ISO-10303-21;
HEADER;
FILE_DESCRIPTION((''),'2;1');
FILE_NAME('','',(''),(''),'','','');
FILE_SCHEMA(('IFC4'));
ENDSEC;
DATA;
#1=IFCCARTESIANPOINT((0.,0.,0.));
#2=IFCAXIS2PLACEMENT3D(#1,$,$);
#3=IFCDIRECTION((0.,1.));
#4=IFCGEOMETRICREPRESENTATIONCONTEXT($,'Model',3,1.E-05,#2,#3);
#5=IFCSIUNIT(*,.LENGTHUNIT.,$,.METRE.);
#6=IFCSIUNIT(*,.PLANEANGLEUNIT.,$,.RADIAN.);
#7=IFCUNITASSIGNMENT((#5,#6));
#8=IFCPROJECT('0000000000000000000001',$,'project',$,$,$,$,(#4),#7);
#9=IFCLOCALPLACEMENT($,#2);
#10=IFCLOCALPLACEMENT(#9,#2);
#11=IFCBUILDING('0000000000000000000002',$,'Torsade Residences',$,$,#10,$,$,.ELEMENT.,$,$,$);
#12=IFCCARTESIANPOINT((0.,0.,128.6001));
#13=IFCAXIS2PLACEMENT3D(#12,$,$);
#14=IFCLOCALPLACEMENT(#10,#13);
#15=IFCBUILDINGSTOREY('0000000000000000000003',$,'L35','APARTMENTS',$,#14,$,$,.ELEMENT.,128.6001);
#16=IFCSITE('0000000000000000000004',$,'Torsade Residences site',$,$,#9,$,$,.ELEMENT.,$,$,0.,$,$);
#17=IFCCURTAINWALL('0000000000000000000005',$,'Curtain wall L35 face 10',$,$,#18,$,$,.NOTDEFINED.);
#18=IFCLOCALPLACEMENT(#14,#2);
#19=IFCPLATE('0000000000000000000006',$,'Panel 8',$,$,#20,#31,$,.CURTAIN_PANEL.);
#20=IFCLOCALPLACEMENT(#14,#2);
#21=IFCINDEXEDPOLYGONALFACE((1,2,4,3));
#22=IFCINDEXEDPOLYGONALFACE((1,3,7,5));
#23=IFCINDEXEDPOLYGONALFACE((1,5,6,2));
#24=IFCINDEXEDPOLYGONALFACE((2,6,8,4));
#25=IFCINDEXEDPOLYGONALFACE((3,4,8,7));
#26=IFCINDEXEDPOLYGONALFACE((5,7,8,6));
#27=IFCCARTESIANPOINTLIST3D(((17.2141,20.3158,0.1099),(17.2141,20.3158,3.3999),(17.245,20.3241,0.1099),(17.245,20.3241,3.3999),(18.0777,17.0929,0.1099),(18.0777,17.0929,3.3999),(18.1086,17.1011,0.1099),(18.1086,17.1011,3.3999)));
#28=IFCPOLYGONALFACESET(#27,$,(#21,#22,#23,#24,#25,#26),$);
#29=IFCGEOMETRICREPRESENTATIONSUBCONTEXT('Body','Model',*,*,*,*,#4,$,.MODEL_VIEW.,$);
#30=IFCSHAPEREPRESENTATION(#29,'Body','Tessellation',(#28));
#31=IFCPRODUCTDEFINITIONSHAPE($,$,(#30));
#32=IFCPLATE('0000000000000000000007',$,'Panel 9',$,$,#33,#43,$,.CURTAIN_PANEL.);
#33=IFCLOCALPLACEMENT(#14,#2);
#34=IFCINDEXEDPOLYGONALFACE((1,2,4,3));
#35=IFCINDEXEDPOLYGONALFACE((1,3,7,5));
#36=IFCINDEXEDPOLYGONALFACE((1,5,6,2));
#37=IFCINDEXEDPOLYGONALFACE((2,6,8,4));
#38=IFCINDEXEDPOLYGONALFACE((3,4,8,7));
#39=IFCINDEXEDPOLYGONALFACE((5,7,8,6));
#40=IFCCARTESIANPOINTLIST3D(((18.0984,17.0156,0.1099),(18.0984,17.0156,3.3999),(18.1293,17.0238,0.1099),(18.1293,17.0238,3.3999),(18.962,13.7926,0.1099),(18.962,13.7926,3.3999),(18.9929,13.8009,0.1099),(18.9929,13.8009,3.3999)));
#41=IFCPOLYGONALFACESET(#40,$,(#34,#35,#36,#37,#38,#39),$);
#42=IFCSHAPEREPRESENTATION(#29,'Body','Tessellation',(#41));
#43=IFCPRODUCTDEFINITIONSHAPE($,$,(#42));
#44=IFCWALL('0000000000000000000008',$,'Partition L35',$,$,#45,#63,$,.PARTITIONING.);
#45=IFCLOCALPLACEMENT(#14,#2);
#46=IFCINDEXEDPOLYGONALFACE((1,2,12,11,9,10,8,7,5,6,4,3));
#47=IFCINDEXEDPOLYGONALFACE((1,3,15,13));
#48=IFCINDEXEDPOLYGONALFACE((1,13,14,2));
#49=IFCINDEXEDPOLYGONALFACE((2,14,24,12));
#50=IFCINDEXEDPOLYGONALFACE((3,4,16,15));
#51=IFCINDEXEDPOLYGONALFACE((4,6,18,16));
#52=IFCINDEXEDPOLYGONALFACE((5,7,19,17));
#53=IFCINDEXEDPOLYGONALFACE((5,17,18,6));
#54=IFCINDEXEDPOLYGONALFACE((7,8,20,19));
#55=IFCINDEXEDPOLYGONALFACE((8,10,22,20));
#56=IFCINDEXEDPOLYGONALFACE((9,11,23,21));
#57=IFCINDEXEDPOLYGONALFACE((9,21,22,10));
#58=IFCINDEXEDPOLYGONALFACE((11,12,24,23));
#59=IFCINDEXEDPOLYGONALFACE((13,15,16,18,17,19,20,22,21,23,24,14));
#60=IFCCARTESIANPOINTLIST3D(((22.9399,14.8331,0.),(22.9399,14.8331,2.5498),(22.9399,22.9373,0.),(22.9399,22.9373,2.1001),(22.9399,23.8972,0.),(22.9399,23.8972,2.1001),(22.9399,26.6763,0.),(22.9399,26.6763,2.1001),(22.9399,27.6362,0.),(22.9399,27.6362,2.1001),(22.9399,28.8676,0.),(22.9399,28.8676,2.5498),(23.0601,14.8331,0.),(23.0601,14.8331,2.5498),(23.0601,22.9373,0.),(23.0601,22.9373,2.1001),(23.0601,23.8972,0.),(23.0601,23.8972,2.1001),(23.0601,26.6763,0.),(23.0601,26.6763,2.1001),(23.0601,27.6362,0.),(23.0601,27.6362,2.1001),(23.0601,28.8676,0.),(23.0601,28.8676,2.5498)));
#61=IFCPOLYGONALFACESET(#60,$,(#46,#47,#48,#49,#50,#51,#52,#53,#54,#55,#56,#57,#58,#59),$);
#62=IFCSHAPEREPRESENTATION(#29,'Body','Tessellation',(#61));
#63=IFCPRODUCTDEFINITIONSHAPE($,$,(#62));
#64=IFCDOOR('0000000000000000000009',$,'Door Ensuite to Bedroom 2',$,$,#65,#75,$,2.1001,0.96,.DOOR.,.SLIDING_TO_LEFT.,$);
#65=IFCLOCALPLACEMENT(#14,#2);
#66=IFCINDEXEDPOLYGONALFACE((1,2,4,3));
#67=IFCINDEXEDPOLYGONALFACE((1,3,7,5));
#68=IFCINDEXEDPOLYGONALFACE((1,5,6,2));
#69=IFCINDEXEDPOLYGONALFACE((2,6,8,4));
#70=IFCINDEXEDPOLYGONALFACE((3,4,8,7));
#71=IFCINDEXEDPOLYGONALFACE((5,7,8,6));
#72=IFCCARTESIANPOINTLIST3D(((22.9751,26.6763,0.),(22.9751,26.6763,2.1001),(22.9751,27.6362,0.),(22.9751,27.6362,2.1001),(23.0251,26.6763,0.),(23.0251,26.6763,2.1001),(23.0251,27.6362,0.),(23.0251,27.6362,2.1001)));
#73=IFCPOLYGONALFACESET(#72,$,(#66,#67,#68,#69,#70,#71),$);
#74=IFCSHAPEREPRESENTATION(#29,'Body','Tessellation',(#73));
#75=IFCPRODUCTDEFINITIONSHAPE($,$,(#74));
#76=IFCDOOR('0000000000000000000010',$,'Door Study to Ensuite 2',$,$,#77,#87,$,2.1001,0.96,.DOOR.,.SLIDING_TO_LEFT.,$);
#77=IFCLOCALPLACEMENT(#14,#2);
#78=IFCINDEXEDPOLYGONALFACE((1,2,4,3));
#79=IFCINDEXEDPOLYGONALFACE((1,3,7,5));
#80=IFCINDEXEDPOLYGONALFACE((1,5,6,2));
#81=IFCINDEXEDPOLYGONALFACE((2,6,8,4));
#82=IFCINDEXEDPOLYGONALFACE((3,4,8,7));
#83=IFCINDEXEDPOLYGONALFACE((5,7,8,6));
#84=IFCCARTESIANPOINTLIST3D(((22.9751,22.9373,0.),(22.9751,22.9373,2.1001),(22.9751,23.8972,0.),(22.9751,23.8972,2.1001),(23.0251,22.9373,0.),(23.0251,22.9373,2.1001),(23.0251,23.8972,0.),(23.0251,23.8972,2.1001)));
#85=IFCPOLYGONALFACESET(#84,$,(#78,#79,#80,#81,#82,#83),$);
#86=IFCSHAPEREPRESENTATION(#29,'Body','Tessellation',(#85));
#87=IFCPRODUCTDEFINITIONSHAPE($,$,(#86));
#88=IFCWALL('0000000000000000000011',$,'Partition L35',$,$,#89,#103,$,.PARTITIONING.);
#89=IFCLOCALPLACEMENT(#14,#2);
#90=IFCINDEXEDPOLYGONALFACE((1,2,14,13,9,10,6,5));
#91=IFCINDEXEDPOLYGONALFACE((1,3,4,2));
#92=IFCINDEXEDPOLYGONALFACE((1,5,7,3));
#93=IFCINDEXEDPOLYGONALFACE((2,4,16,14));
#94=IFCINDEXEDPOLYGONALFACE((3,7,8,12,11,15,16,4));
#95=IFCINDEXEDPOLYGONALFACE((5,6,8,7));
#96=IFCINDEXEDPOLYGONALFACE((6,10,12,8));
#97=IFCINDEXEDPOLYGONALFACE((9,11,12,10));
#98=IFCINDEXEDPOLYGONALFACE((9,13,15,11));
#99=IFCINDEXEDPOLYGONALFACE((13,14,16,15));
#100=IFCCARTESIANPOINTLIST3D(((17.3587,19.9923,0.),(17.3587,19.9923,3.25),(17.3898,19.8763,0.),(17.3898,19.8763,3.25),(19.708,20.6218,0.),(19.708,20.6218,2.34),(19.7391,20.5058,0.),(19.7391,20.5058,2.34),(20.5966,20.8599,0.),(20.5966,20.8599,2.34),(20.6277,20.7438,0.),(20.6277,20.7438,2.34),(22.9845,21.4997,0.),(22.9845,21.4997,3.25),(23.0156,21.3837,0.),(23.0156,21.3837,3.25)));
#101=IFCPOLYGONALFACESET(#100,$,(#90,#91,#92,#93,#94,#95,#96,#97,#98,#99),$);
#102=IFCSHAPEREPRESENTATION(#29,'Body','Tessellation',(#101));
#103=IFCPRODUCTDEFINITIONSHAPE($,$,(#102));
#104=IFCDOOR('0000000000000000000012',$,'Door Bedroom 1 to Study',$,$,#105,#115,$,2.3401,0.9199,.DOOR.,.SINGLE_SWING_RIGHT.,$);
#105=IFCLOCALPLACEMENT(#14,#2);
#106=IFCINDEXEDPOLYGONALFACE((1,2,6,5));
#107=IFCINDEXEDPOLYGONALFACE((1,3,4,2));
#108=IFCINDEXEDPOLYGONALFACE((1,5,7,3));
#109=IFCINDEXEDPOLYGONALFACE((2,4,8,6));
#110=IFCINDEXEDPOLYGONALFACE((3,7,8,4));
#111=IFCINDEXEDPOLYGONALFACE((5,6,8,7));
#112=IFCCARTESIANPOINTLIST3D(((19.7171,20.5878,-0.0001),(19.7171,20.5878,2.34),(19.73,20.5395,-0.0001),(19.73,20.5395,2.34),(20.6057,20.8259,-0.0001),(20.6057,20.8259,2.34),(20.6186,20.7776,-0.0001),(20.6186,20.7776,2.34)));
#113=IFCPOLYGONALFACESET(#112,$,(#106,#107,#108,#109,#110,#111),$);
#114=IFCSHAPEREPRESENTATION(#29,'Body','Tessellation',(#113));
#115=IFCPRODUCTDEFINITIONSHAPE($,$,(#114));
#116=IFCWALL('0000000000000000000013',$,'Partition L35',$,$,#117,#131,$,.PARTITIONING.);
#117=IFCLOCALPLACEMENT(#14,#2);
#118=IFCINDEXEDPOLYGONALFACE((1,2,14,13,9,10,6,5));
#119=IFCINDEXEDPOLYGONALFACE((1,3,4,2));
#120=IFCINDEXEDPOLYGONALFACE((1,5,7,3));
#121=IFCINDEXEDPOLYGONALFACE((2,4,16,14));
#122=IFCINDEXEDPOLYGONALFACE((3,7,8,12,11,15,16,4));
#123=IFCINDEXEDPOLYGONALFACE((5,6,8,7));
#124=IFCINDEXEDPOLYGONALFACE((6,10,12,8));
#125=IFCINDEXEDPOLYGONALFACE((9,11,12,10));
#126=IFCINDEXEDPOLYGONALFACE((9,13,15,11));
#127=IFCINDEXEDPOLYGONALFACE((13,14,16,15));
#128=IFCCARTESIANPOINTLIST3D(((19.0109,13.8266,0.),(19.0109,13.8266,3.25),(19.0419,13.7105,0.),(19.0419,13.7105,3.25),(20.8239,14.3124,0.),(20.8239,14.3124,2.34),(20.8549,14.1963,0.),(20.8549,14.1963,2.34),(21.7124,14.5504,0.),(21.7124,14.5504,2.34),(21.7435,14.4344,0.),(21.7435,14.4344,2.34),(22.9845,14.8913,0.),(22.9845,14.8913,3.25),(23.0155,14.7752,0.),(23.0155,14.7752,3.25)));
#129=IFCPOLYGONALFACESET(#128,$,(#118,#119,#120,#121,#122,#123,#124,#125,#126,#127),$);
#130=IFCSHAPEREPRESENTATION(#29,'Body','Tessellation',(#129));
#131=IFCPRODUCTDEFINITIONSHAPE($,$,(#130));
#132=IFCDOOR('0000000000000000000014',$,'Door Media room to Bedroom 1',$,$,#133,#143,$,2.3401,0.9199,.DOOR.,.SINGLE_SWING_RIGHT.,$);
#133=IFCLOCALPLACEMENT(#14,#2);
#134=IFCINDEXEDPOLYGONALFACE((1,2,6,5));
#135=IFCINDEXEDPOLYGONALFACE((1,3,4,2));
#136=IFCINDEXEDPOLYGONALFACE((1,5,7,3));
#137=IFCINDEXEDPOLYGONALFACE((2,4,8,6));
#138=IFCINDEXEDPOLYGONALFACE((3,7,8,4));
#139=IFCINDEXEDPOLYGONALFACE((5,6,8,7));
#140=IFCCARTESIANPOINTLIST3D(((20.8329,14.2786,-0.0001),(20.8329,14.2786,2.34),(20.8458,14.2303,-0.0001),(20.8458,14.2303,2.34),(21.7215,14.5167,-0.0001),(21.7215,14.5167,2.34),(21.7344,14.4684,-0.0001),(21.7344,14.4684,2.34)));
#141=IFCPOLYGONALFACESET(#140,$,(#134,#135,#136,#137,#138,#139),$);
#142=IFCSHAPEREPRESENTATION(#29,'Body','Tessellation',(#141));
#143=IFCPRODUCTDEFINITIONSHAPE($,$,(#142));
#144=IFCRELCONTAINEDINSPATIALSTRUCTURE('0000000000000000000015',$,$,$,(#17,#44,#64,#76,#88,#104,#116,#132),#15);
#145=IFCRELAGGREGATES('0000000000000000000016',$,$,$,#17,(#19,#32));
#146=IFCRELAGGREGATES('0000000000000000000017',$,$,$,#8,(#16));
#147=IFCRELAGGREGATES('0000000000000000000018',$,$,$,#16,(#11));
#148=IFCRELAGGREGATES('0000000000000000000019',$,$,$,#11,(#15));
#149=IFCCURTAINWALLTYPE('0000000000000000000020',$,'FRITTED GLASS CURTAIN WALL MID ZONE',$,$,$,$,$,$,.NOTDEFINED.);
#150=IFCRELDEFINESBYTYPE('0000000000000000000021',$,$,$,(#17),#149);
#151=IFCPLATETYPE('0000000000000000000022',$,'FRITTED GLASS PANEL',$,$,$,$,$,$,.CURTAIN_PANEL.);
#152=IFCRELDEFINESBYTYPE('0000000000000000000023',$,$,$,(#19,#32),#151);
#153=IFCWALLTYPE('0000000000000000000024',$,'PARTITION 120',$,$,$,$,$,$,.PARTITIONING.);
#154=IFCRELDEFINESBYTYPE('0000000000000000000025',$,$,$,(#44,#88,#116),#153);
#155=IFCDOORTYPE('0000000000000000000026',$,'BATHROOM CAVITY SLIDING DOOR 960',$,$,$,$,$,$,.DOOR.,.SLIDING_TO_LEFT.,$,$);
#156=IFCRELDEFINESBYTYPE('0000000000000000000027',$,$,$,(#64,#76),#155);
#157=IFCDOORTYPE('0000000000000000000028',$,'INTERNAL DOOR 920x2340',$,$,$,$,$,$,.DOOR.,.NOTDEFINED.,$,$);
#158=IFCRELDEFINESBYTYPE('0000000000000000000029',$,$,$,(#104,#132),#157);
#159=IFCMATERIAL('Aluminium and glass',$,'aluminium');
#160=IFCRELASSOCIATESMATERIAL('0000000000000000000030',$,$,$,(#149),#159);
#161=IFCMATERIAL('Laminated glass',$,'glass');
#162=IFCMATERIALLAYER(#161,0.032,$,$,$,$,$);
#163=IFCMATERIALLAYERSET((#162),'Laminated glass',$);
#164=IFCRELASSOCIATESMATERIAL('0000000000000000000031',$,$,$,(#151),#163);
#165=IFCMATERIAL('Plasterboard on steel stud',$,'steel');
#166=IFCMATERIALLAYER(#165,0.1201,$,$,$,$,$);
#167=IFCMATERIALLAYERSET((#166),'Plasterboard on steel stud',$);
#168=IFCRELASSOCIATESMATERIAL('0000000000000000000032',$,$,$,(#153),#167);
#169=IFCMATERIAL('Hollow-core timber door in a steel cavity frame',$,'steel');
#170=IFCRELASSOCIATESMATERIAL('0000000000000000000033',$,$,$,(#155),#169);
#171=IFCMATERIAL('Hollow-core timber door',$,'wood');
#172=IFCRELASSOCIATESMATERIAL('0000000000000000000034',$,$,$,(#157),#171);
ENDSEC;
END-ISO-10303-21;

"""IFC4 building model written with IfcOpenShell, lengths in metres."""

from ifc_helpers import new_model, si_unit, direction, frame, frame_2d, origin, origin_2d, place, context, subcontext, project, spatial, rectangle, extrude, material, layer, layer_set, type_object, element, fill, aggregate, save


model = new_model("IFC4")

# Units and contexts
model_context = context("Model", 3, precision=1e-05, world=origin(), true_north=direction((0.0, 1.0)))
body_context = subcontext(model_context, "Body", "Model", "MODEL_VIEW")
ifc_project = project(units=[si_unit("LENGTHUNIT", "METRE"), si_unit("PLANEANGLEUNIT", "RADIAN")], contexts=[model_context])

# Site, building, storey
site_placement = place(None, origin())
site = spatial("IfcSite", under=ifc_project, at=site_placement, Name="Torsade Residences site", CompositionType="ELEMENT", RefElevation=0.0)
building_placement = place(site_placement, origin())
building = spatial("IfcBuilding", under=site, at=building_placement, Name="Torsade Residences", CompositionType="ELEMENT")
storey_placement = place(building_placement, frame((0.0, 0.0, 128.6001)))
storey = spatial("IfcBuildingStorey", under=building, at=storey_placement, Name="L35", Description="APARTMENTS", CompositionType="ELEMENT", Elevation=128.6001)

# Curtain wall
ifc_material_1 = material(Name="Aluminium and glass", Category="aluminium")
curtain_wall_type = type_object("IfcCurtainWallType", Name="FRITTED GLASS CURTAIN WALL MID ZONE", PredefinedType="NOTDEFINED", material=ifc_material_1)
curtain_wall_placement = place(storey_placement, origin())
curtain_wall = element("IfcCurtainWall", 1, at=curtain_wall_placement, inside=storey, type_object=curtain_wall_type, Name="Curtain wall L35 face 10", PredefinedType="NOTDEFINED")

# Plates
ifc_material_2 = material(Name="Laminated glass", Category="glass")
ifc_layer_1 = layer(ifc_material_2, 0.032)
ifc_layer_set_1 = layer_set([ifc_layer_1], Name="Laminated glass")
plate_type = type_object("IfcPlateType", Name="FRITTED GLASS PANEL", PredefinedType="CURTAIN_PANEL", material=ifc_layer_set_1)
plate_1_placement = place(storey_placement, frame((17.6614, 18.7085, 0.1099), z_axis=(0.0, 0.0, 1.0), x_axis=(0.258819, -0.965926, 0.0)))
plate_1 = element("IfcPlate", 2, at=plate_1_placement, type_object=plate_type, Name="Panel 8", PredefinedType="CURTAIN_PANEL", context=body_context, shape_type="SweptSolid", body=[
    extrude(rectangle(XDim=3.3367, YDim=0.032, at=origin_2d()), origin(), (0.0, 0.0, 1.0), 3.29),
])
plate_2_placement = place(storey_placement, frame((18.5457, 15.4082, 0.1099), z_axis=(0.0, 0.0, 1.0), x_axis=(0.258819, -0.965926, 0.0)))
plate_2 = element("IfcPlate", 3, at=plate_2_placement, type_object=plate_type, Name="Panel 9", PredefinedType="CURTAIN_PANEL", context=body_context, shape_type="SweptSolid", body=[
    extrude(rectangle(XDim=3.3367, YDim=0.032, at=origin_2d()), origin(), (0.0, 0.0, 1.0), 3.29),
])
aggregate(curtain_wall, [plate_1, plate_2])

# Wall, openings, doors
ifc_material_3 = material(Name="Plasterboard on steel stud", Category="steel")
ifc_layer_2 = layer(ifc_material_3, 0.1201)
ifc_layer_set_2 = layer_set([ifc_layer_2], Name="Plasterboard on steel stud")
wall_type = type_object("IfcWallType", Name="PARTITION 120", PredefinedType="PARTITIONING", material=ifc_layer_set_2)
wall_1_placement = place(storey_placement, frame((23.0, 14.8333, 0.0), z_axis=(0.0, 0.0, 1.0), x_axis=(0.0, 1.0, 0.0)))
wall_1 = element("IfcWall", 4, at=wall_1_placement, inside=storey, type_object=wall_type, Name="Partition L35", PredefinedType="PARTITIONING", context=body_context, shape_type="SweptSolid", body=[
    extrude(rectangle(XDim=14.0344, YDim=0.1201, at=frame_2d((7.0171, 0.0))), origin(), (0.0, 0.0, 1.0), 2.5498),
])
opening_1_placement = place(wall_1_placement, frame((11.843, 0.0, 0.0)))
opening_1 = element("IfcOpeningElement", 5, at=opening_1_placement, cuts=wall_1, PredefinedType="OPENING", context=body_context, shape_type="SweptSolid", body=[
    extrude(rectangle(XDim=0.96, YDim=2.1001, at=frame_2d((0.48, 1.05))), frame((0.0, 0.0701, 0.0), z_axis=(0.0, -1.0, 0.0), x_axis=(1.0, 0.0, 0.0)), (0.0, 0.0, 1.0), 0.1401),
])
opening_2_placement = place(wall_1_placement, frame((8.104, 0.0, 0.0)))
opening_2 = element("IfcOpeningElement", 6, at=opening_2_placement, cuts=wall_1, PredefinedType="OPENING", context=body_context, shape_type="SweptSolid", body=[
    extrude(rectangle(XDim=0.96, YDim=2.1001, at=frame_2d((0.48, 1.05))), frame((0.0, 0.0701, 0.0), z_axis=(0.0, -1.0, 0.0), x_axis=(1.0, 0.0, 0.0)), (0.0, 0.0, 1.0), 0.1401),
])
ifc_material_4 = material(Name="Hollow-core timber door in a steel cavity frame", Category="steel")
door_type_1 = type_object("IfcDoorType", Name="BATHROOM CAVITY SLIDING DOOR 960", OperationType="SLIDING_TO_LEFT", PredefinedType="DOOR", material=ifc_material_4)
door_1_placement = place(opening_1_placement, origin())
door_1 = element("IfcDoor", 7, at=door_1_placement, inside=storey, type_object=door_type_1, Name="Door Ensuite to Bedroom 2", OperationType="SLIDING_TO_LEFT", OverallHeight=2.1001, OverallWidth=0.96, PredefinedType="DOOR", context=body_context, shape_type="SweptSolid", body=[
    extrude(rectangle(XDim=0.96, YDim=2.1001, at=frame_2d((0.48, 1.05))), frame((0.0, 0.0249, 0.0), z_axis=(0.0, -1.0, 0.0), x_axis=(1.0, 0.0, 0.0)), (0.0, 0.0, 1.0), 0.05),
])
fill(opening_1, door_1)
door_2_placement = place(opening_2_placement, origin())
door_2 = element("IfcDoor", 8, at=door_2_placement, inside=storey, type_object=door_type_1, Name="Door Study to Ensuite 2", OperationType="SLIDING_TO_LEFT", OverallHeight=2.1001, OverallWidth=0.96, PredefinedType="DOOR", context=body_context, shape_type="SweptSolid", body=[
    extrude(rectangle(XDim=0.96, YDim=2.1001, at=frame_2d((0.48, 1.05))), frame((0.0, 0.0249, 0.0), z_axis=(0.0, -1.0, 0.0), x_axis=(1.0, 0.0, 0.0)), (0.0, 0.0, 1.0), 0.05),
])
fill(opening_2, door_2)

# Walls, openings, doors
wall_2_placement = place(storey_placement, frame((17.3743, 19.9343, 0.0), z_axis=(0.0, 0.0, 1.0), x_axis=(0.96593, 0.258805, 0.0)))
wall_2 = element("IfcWall", 9, at=wall_2_placement, inside=storey, type_object=wall_type, Name="Partition L35", PredefinedType="PARTITIONING", context=body_context, shape_type="SweptSolid", body=[
    extrude(rectangle(XDim=5.8242, YDim=0.1201, at=frame_2d((2.9121, 0.0))), origin(), (0.0, 0.0, 1.0), 3.25),
])
opening_3_placement = place(wall_2_placement, frame((2.4321, 0.0, 0.0)))
opening_3 = element("IfcOpeningElement", 10, at=opening_3_placement, cuts=wall_2, PredefinedType="OPENING", context=body_context, shape_type="SweptSolid", body=[
    extrude(rectangle(XDim=0.9199, YDim=2.3401, at=frame_2d((0.46, 1.1699))), frame((0.0, 0.0701, 0.0), z_axis=(0.0, -1.0, 0.0), x_axis=(1.0, 0.0, 0.0)), (0.0, 0.0, 1.0), 0.1401),
])
ifc_material_5 = material(Name="Hollow-core timber door", Category="wood")
door_type_2 = type_object("IfcDoorType", Name="INTERNAL DOOR 920x2340", OperationType="NOTDEFINED", PredefinedType="DOOR", material=ifc_material_5)
door_3_placement = place(opening_3_placement, origin())
door_3 = element("IfcDoor", 11, at=door_3_placement, inside=storey, type_object=door_type_2, Name="Door Bedroom 1 to Study", OperationType="SINGLE_SWING_RIGHT", OverallHeight=2.3401, OverallWidth=0.9199, PredefinedType="DOOR", context=body_context, shape_type="SweptSolid", body=[
    extrude(rectangle(XDim=0.9199, YDim=2.3401, at=frame_2d((0.46, 1.1699))), frame((0.0, 0.0249, 0.0), z_axis=(0.0, -1.0, 0.0), x_axis=(1.0, 0.0, 0.0)), (0.0, 0.0, 1.0), 0.05),
])
fill(opening_3, door_3)
wall_3_placement = place(storey_placement, frame((23.0, 14.8333, 0.0), z_axis=(0.0, 0.0, 1.0), x_axis=(-0.965928, -0.258811, 0.0)))
wall_3 = element("IfcWall", 12, at=wall_3_placement, inside=storey, type_object=wall_type, Name="Partition L35", PredefinedType="PARTITIONING", context=body_context, shape_type="SweptSolid", body=[
    extrude(rectangle(XDim=4.1138, YDim=0.1201, at=frame_2d((2.0569, 0.0))), origin(), (0.0, 0.0, 1.0), 3.25),
])
opening_4_placement = place(wall_3_placement, frame((1.3169, 0.0, 0.0)))
opening_4 = element("IfcOpeningElement", 13, at=opening_4_placement, cuts=wall_3, PredefinedType="OPENING", context=body_context, shape_type="SweptSolid", body=[
    extrude(rectangle(XDim=0.9199, YDim=2.3401, at=frame_2d((0.46, 1.1699))), frame((0.0, 0.0701, 0.0), z_axis=(0.0, -1.0, 0.0), x_axis=(1.0, 0.0, 0.0)), (0.0, 0.0, 1.0), 0.1401),
])
door_4_placement = place(opening_4_placement, origin())
door_4 = element("IfcDoor", 14, at=door_4_placement, inside=storey, type_object=door_type_2, Name="Door Media room to Bedroom 1", OperationType="SINGLE_SWING_RIGHT", OverallHeight=2.3401, OverallWidth=0.9199, PredefinedType="DOOR", context=body_context, shape_type="SweptSolid", body=[
    extrude(rectangle(XDim=0.9199, YDim=2.3401, at=frame_2d((0.46, 1.1699))), frame((0.0, 0.0249, 0.0), z_axis=(0.0, -1.0, 0.0), x_axis=(1.0, 0.0, 0.0)), (0.0, 0.0, 1.0), 0.05),
])
fill(opening_4, door_4)

save(model, "model.ifc")
